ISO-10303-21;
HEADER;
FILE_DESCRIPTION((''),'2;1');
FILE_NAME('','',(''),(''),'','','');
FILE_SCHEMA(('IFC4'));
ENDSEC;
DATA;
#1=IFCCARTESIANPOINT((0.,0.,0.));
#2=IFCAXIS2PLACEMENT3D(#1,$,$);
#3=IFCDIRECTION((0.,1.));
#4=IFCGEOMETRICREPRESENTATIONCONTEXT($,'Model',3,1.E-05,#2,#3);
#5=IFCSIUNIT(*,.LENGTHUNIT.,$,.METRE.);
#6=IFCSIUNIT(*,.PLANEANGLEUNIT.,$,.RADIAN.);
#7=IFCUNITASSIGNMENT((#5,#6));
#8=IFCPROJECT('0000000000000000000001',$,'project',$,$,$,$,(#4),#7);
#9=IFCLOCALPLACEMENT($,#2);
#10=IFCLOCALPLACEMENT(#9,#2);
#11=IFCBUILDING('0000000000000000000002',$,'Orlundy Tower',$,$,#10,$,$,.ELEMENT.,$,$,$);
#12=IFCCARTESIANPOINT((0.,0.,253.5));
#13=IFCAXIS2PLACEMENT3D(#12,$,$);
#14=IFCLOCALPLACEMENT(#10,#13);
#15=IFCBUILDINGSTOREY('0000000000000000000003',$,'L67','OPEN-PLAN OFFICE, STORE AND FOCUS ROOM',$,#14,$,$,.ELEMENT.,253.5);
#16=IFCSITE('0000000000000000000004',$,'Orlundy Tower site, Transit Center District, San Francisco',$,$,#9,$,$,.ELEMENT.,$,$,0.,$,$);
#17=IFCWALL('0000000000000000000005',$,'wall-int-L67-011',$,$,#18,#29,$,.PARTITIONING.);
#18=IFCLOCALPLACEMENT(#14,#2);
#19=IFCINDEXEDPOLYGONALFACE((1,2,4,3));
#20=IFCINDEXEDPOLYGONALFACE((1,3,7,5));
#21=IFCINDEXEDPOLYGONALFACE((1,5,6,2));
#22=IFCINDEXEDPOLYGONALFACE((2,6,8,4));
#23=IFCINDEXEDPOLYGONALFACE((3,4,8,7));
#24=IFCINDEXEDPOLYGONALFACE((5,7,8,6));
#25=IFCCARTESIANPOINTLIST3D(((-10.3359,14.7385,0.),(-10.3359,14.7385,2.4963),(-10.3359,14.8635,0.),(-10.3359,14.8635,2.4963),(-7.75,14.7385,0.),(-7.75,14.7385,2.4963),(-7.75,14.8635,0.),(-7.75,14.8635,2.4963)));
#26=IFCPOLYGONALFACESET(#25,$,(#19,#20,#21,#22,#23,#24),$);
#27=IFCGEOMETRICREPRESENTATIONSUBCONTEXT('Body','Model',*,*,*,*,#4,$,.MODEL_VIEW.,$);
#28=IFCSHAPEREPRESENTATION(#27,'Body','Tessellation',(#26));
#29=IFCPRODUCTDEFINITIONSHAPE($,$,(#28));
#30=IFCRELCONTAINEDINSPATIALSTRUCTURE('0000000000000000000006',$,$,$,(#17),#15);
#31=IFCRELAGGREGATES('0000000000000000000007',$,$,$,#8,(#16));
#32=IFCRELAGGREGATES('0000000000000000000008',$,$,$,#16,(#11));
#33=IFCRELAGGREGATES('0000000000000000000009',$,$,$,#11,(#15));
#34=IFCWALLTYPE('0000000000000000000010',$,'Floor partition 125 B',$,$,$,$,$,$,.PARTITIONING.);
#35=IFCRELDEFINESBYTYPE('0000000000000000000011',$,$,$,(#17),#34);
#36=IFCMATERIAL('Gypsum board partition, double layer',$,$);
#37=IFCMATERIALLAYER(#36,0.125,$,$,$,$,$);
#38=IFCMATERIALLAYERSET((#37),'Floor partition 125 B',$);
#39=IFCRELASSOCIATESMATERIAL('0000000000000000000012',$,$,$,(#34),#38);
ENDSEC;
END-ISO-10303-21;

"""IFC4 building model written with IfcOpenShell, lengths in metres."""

from ifc_helpers import new_model, si_unit, direction, frame, frame_2d, origin, place, context, subcontext, project, spatial, rectangle, extrude, material, layer, layer_set, type_object, element, save


model = new_model("IFC4")

# Units and contexts
model_context = context("Model", 3, precision=1e-05, world=origin(), true_north=direction((0.0, 1.0)))
body_context = subcontext(model_context, "Body", "Model", "MODEL_VIEW")
ifc_project = project(units=[si_unit("LENGTHUNIT", "METRE"), si_unit("PLANEANGLEUNIT", "RADIAN")], contexts=[model_context])

# Site, building, storey
site_placement = place(None, origin())
site = spatial("IfcSite", under=ifc_project, at=site_placement, Name="Orlundy Tower site, Transit Center District, San Francisco", CompositionType="ELEMENT", RefElevation=0.0)
building_placement = place(site_placement, origin())
building = spatial("IfcBuilding", under=site, at=building_placement, Name="Orlundy Tower", CompositionType="ELEMENT")
storey_placement = place(building_placement, frame((0.0, 0.0, 253.5)))
storey = spatial("IfcBuildingStorey", under=building, at=storey_placement, Name="L67", Description="OPEN-PLAN OFFICE, STORE AND FOCUS ROOM", CompositionType="ELEMENT", Elevation=253.5)

# Wall
ifc_material_1 = material(Name="Gypsum board partition, double layer")
ifc_layer_1 = layer(ifc_material_1, 0.125)
ifc_layer_set_1 = layer_set([ifc_layer_1], Name="Floor partition 125 B")
wall_type_1 = type_object("IfcWallType", Name="Floor partition 125 B", PredefinedType="PARTITIONING", material=ifc_layer_set_1)
wall_1_placement = place(storey_placement, frame((-10.3359, 14.801, 0.0), z_axis=(0.0, 0.0, 1.0), x_axis=(1.0, 0.0, 0.0)))
element("IfcWall", 1, at=wall_1_placement, inside=storey, type_object=wall_type_1, Name="wall-int-L67-011", PredefinedType="PARTITIONING", context=body_context, shape_type="SweptSolid", body=[
    extrude(rectangle(XDim=2.5859, YDim=0.125, at=frame_2d((1.293, 0.0))), origin(), (0.0, 0.0, 1.0), 2.4963),
])

save(model, "model.ifc")
